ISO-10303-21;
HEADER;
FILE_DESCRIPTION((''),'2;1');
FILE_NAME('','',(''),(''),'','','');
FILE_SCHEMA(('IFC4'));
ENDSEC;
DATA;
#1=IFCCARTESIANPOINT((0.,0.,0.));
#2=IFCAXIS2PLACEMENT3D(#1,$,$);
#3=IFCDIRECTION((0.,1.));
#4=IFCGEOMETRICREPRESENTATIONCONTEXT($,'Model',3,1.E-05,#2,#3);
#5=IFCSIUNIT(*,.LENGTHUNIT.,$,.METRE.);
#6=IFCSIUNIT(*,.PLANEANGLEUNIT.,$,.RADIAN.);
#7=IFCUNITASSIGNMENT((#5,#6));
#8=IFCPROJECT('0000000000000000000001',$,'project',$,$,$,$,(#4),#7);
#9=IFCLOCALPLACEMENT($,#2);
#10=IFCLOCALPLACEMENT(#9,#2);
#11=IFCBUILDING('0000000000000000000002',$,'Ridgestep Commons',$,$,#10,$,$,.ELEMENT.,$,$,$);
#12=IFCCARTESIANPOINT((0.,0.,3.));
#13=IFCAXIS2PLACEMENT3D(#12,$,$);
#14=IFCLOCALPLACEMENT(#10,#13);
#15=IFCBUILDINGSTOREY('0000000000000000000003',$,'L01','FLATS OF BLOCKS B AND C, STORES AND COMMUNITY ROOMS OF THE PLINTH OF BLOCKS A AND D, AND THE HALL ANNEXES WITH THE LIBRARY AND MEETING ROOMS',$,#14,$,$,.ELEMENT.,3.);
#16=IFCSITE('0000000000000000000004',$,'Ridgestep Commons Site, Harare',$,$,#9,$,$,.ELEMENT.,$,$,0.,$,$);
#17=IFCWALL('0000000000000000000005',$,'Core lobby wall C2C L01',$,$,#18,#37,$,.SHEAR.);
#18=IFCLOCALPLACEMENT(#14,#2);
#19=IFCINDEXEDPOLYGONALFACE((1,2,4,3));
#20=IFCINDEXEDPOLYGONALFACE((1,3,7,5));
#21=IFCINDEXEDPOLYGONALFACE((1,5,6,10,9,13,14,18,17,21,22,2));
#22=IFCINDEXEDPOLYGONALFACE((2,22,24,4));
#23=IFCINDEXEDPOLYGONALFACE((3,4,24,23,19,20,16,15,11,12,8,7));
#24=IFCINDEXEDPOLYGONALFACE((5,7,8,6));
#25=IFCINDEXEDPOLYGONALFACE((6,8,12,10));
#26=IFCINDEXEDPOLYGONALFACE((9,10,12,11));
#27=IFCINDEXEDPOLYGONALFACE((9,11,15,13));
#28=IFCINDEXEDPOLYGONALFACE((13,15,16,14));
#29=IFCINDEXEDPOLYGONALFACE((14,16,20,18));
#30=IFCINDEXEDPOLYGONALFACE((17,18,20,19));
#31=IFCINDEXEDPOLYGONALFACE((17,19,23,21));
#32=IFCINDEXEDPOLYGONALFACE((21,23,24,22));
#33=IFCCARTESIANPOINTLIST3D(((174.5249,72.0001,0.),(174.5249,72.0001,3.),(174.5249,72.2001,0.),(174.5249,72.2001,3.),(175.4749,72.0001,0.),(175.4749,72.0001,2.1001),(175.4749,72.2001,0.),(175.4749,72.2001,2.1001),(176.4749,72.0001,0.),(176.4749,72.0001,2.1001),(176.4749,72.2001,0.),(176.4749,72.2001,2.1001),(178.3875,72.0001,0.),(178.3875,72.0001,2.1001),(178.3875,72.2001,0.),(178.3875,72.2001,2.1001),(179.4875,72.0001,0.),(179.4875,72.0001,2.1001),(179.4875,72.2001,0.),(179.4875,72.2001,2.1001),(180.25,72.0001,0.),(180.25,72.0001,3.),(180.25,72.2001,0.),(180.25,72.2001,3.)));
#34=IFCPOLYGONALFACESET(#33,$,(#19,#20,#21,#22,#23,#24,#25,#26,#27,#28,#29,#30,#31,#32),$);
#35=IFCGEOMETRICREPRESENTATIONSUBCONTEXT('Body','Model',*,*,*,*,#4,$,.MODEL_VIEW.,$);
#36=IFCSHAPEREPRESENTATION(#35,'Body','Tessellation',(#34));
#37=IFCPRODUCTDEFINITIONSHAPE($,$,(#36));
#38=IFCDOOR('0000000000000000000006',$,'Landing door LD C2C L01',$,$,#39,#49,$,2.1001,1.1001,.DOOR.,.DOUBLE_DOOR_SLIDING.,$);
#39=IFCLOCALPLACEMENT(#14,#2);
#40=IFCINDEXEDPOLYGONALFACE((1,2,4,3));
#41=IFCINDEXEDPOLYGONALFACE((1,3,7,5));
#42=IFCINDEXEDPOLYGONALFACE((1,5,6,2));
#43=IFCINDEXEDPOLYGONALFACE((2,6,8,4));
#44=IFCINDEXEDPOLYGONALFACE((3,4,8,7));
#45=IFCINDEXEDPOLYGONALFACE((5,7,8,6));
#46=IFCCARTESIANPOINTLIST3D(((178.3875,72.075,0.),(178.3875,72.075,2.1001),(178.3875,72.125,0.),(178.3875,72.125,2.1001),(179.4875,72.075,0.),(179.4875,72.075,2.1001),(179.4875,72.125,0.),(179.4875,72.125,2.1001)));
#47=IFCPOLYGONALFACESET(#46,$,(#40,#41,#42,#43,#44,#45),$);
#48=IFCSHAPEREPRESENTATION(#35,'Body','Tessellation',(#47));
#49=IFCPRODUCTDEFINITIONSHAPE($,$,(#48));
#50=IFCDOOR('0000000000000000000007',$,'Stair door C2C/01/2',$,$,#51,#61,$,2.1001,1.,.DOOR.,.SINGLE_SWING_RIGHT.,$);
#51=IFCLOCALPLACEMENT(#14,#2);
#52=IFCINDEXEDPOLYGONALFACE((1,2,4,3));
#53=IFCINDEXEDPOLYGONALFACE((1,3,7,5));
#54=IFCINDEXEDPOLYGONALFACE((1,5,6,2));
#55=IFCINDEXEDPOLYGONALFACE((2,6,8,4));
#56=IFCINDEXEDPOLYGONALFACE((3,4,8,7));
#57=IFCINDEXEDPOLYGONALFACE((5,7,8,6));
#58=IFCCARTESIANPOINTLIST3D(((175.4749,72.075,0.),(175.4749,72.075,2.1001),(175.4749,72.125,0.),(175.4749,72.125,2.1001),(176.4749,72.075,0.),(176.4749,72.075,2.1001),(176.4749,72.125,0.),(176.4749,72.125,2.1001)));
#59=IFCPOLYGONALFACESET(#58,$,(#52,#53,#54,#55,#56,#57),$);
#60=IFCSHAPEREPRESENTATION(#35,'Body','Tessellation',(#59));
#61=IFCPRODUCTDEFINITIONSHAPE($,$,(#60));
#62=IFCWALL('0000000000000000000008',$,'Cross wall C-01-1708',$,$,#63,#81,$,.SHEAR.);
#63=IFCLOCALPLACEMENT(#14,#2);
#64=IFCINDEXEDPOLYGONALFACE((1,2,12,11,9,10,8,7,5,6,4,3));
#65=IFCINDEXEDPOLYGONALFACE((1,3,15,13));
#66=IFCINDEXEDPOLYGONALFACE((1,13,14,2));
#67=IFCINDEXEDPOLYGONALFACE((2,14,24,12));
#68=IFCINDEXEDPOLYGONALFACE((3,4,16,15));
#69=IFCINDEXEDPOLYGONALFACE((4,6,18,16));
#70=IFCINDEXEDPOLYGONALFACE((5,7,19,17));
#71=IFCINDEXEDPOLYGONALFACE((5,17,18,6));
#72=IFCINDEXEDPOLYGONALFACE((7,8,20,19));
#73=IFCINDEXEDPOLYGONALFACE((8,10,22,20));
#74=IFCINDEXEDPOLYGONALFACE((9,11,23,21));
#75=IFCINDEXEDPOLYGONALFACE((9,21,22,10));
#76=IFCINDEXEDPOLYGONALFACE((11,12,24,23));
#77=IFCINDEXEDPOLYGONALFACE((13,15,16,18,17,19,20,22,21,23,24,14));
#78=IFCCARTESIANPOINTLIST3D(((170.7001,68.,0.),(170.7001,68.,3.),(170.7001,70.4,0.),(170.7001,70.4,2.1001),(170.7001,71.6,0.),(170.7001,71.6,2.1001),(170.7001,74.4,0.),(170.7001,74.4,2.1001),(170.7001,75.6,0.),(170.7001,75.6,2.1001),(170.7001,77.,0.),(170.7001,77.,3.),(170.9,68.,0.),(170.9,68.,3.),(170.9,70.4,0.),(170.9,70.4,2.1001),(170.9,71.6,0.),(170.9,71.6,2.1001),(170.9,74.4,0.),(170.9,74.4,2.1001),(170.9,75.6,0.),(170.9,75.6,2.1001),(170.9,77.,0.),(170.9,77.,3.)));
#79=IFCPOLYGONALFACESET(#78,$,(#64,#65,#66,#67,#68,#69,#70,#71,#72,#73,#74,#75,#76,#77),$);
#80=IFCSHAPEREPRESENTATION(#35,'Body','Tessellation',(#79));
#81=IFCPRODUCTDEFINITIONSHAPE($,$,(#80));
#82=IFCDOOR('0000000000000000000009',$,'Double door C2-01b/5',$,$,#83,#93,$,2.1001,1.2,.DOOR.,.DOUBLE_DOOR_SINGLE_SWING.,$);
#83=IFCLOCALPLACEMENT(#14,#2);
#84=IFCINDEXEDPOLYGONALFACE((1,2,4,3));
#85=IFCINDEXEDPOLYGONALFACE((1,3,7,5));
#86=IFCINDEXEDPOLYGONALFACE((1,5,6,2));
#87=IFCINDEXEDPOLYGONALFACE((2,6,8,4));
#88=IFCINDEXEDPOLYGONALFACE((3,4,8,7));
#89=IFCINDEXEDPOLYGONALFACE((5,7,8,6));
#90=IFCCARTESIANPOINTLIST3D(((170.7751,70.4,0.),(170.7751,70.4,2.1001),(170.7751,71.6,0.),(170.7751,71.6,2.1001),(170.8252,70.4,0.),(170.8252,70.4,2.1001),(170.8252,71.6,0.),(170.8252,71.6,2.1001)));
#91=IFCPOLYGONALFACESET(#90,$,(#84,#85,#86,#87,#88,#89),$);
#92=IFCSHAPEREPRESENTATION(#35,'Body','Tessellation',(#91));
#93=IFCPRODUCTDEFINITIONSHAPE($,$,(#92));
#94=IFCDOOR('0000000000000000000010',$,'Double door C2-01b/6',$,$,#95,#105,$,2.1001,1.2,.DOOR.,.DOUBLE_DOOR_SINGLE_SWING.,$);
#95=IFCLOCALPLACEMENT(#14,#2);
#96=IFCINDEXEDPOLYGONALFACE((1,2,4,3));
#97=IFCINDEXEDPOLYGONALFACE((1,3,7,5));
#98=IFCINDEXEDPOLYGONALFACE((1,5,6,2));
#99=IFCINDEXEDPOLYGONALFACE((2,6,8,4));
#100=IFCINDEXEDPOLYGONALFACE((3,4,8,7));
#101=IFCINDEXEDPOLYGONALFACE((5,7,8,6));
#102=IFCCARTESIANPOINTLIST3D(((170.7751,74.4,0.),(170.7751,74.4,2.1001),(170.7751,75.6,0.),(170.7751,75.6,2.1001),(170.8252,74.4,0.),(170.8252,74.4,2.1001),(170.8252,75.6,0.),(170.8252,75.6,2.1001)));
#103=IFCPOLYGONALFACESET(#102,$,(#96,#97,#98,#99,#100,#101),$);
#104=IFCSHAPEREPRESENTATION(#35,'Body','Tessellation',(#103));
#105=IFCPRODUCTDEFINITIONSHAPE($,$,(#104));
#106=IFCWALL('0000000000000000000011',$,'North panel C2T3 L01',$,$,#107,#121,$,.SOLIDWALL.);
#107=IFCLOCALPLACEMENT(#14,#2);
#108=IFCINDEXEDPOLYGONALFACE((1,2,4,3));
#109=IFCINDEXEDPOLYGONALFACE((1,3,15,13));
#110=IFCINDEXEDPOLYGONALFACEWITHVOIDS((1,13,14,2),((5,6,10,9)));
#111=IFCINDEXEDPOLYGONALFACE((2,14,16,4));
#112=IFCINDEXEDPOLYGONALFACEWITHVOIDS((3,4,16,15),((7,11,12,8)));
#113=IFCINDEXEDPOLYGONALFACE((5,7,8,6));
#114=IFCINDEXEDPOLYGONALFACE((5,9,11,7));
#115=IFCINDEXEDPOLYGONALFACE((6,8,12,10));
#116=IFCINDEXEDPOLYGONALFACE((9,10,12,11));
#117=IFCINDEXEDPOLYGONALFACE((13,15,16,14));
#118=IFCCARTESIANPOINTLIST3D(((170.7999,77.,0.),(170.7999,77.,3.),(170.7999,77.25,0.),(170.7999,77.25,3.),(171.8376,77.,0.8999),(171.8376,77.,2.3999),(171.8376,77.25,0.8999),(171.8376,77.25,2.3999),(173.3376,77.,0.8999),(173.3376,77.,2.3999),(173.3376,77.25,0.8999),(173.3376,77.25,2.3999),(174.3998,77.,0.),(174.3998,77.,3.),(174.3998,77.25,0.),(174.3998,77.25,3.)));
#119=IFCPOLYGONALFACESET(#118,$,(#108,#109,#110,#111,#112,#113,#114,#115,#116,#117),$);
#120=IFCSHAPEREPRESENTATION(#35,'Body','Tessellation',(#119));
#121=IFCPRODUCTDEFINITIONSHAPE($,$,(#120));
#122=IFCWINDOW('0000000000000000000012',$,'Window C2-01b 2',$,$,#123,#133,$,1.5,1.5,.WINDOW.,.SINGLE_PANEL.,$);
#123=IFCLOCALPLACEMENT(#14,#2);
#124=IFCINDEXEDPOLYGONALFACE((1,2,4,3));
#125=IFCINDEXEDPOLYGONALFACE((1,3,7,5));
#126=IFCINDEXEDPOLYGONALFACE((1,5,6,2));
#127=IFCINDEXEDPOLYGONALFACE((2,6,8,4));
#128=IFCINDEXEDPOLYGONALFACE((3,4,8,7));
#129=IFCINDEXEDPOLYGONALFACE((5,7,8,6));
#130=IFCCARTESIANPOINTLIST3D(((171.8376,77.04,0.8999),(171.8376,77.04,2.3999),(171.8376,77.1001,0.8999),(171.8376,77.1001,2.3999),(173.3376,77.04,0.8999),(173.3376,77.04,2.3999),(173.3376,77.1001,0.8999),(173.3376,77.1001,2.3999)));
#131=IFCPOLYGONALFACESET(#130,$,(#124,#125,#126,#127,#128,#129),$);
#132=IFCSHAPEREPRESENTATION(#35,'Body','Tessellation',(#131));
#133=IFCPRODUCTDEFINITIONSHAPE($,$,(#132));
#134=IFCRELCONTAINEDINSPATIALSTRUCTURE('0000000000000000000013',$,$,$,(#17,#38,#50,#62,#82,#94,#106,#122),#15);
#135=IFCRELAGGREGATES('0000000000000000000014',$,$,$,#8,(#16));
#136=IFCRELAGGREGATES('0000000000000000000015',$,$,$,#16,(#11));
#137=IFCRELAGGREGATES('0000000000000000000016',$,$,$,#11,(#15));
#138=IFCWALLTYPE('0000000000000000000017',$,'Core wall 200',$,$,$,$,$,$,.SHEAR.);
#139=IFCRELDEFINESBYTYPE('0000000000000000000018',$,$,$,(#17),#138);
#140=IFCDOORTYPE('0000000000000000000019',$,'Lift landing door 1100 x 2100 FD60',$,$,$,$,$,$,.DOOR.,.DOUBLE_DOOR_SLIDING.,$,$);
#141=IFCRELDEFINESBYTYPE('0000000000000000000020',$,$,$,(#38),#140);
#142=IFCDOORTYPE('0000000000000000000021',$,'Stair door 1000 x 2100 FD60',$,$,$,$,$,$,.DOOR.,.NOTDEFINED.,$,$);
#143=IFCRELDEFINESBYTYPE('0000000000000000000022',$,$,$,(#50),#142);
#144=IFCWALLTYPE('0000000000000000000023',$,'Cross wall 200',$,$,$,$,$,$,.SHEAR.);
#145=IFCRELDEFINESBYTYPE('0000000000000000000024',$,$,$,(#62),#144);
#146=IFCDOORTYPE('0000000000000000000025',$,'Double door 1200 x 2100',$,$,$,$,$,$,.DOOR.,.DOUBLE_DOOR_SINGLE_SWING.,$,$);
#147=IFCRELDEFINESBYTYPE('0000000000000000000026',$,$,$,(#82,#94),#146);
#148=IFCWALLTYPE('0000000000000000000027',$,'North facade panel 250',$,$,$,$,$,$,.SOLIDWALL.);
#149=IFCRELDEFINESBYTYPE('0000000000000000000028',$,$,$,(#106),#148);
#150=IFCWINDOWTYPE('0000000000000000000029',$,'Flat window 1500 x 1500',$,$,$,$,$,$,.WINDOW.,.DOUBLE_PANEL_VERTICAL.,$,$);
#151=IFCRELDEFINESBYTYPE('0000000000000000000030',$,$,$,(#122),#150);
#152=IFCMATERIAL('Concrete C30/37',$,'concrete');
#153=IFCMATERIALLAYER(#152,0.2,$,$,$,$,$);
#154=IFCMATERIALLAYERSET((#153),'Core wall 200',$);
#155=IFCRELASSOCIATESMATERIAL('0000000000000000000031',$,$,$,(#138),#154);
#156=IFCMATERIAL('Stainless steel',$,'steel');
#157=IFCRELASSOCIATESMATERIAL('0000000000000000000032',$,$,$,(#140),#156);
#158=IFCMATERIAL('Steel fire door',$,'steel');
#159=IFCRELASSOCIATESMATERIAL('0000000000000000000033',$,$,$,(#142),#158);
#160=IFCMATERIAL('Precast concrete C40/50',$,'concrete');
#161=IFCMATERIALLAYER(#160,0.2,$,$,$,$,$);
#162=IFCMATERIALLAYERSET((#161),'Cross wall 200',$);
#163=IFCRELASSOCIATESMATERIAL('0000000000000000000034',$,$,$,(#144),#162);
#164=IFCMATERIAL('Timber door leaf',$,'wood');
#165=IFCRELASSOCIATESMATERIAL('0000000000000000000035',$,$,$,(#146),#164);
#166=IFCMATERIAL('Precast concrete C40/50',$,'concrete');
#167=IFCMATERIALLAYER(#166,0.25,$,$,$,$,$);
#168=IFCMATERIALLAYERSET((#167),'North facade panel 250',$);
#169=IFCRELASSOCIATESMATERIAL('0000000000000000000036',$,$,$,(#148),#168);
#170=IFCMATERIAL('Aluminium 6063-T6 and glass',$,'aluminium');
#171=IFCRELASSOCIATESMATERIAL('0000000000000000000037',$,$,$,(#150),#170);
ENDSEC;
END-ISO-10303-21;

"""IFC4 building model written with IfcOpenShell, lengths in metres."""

from ifc_helpers import new_model, si_unit, direction, frame, frame_2d, origin, place, context, subcontext, project, spatial, rectangle, extrude, material, layer, layer_set, type_object, element, fill, save


model = new_model("IFC4")

# Units and contexts
model_context = context("Model", 3, precision=1e-05, world=origin(), true_north=direction((0.0, 1.0)))
body_context = subcontext(model_context, "Body", "Model", "MODEL_VIEW")
ifc_project = project(units=[si_unit("LENGTHUNIT", "METRE"), si_unit("PLANEANGLEUNIT", "RADIAN")], contexts=[model_context])

# Site, building, storey
site_placement = place(None, origin())
site = spatial("IfcSite", under=ifc_project, at=site_placement, Name="Ridgestep Commons Site, Harare", CompositionType="ELEMENT", RefElevation=0.0)
building_placement = place(site_placement, origin())
building = spatial("IfcBuilding", under=site, at=building_placement, Name="Ridgestep Commons", CompositionType="ELEMENT")
storey_placement = place(building_placement, frame((0.0, 0.0, 3.0)))
storey = spatial("IfcBuildingStorey", under=building, at=storey_placement, Name="L01", Description="FLATS OF BLOCKS B AND C, STORES AND COMMUNITY ROOMS OF THE PLINTH OF BLOCKS A AND D, AND THE HALL ANNEXES WITH THE LIBRARY AND MEETING ROOMS", CompositionType="ELEMENT", Elevation=3.0)

# Walls, openings, doors
ifc_material_1 = material(Name="Concrete C30/37", Category="concrete")
ifc_layer_1 = layer(ifc_material_1, 0.2)
ifc_layer_set_1 = layer_set([ifc_layer_1], Name="Core wall 200")
wall_type_1 = type_object("IfcWallType", Name="Core wall 200", PredefinedType="SHEAR", material=ifc_layer_set_1)
wall_1_placement = place(storey_placement, frame((174.5249, 72.1001, 0.0), z_axis=(0.0, 0.0, 1.0), x_axis=(1.0, 0.0, 0.0)))
wall_1 = element("IfcWall", 1, at=wall_1_placement, inside=storey, type_object=wall_type_1, Name="Core lobby wall C2C L01", PredefinedType="SHEAR", context=body_context, shape_type="SweptSolid", body=[
    extrude(rectangle(XDim=5.7251, YDim=0.2, at=frame_2d((2.8625, 0.0))), origin(), (0.0, 0.0, 1.0), 3.0),
])
opening_1_placement = place(wall_1_placement, frame((0.95, 0.0, 0.0)))
opening_1 = element("IfcOpeningElement", 2, at=opening_1_placement, cuts=wall_1, PredefinedType="OPENING", context=body_context, shape_type="SweptSolid", body=[
    extrude(rectangle(XDim=1.0, YDim=2.1001, at=frame_2d((0.5, 1.05))), frame((0.0, 0.1099, 0.0), z_axis=(0.0, -1.0, 0.0), x_axis=(1.0, 0.0, 0.0)), (0.0, 0.0, 1.0), 0.22),
])
opening_2_placement = place(wall_1_placement, frame((3.8625, 0.0, 0.0)))
opening_2 = element("IfcOpeningElement", 3, at=opening_2_placement, cuts=wall_1, PredefinedType="OPENING", context=body_context, shape_type="SweptSolid", body=[
    extrude(rectangle(XDim=1.1001, YDim=2.1001, at=frame_2d((0.55, 1.05))), frame((0.0, 0.1099, 0.0), z_axis=(0.0, -1.0, 0.0), x_axis=(1.0, 0.0, 0.0)), (0.0, 0.0, 1.0), 0.22),
])
ifc_material_2 = material(Name="Stainless steel", Category="steel")
door_type_1 = type_object("IfcDoorType", Name="Lift landing door 1100 x 2100 FD60", OperationType="DOUBLE_DOOR_SLIDING", PredefinedType="DOOR", material=ifc_material_2)
door_1_placement = place(opening_2_placement, origin())
door_1 = element("IfcDoor", 4, at=door_1_placement, inside=storey, type_object=door_type_1, Name="Landing door LD C2C L01", OperationType="DOUBLE_DOOR_SLIDING", OverallHeight=2.1001, OverallWidth=1.1001, PredefinedType="DOOR", context=body_context, shape_type="SweptSolid", body=[
    extrude(rectangle(XDim=1.1001, YDim=2.1001, at=frame_2d((0.55, 1.05))), frame((0.0, 0.0249, 0.0), z_axis=(0.0, -1.0, 0.0), x_axis=(1.0, 0.0, 0.0)), (0.0, 0.0, 1.0), 0.05),
])
fill(opening_2, door_1)
ifc_material_3 = material(Name="Steel fire door", Category="steel")
door_type_2 = type_object("IfcDoorType", Name="Stair door 1000 x 2100 FD60", OperationType="NOTDEFINED", PredefinedType="DOOR", material=ifc_material_3)
door_2_placement = place(opening_1_placement, origin())
door_2 = element("IfcDoor", 5, at=door_2_placement, inside=storey, type_object=door_type_2, Name="Stair door C2C/01/2", OperationType="SINGLE_SWING_RIGHT", OverallHeight=2.1001, OverallWidth=1.0, PredefinedType="DOOR", context=body_context, shape_type="SweptSolid", body=[
    extrude(rectangle(XDim=1.0, YDim=2.1001, at=frame_2d((0.5, 1.05))), frame((0.0, 0.0249, 0.0), z_axis=(0.0, -1.0, 0.0), x_axis=(1.0, 0.0, 0.0)), (0.0, 0.0, 1.0), 0.05),
])
fill(opening_1, door_2)
ifc_material_4 = material(Name="Precast concrete C40/50", Category="concrete")
ifc_layer_2 = layer(ifc_material_4, 0.2)
ifc_layer_set_2 = layer_set([ifc_layer_2], Name="Cross wall 200")
wall_type_2 = type_object("IfcWallType", Name="Cross wall 200", PredefinedType="SHEAR", material=ifc_layer_set_2)
wall_2_placement = place(storey_placement, frame((170.8, 68.0, 0.0), z_axis=(0.0, 0.0, 1.0), x_axis=(0.0, 1.0, 0.0)))
wall_2 = element("IfcWall", 6, at=wall_2_placement, inside=storey, type_object=wall_type_2, Name="Cross wall C-01-1708", PredefinedType="SHEAR", context=body_context, shape_type="SweptSolid", body=[
    extrude(rectangle(XDim=9.0, YDim=0.2, at=frame_2d((4.5, 0.0))), origin(), (0.0, 0.0, 1.0), 3.0),
])
opening_3_placement = place(wall_2_placement, frame((2.3999, 0.0, 0.0)))
opening_3 = element("IfcOpeningElement", 7, at=opening_3_placement, cuts=wall_2, PredefinedType="OPENING", context=body_context, shape_type="SweptSolid", body=[
    extrude(rectangle(XDim=1.2, YDim=2.1001, at=frame_2d((0.6001, 1.05))), frame((0.0, 0.1099, 0.0), z_axis=(0.0, -1.0, 0.0), x_axis=(1.0, 0.0, 0.0)), (0.0, 0.0, 1.0), 0.22),
])
opening_4_placement = place(wall_2_placement, frame((6.3999, 0.0, 0.0)))
opening_4 = element("IfcOpeningElement", 8, at=opening_4_placement, cuts=wall_2, PredefinedType="OPENING", context=body_context, shape_type="SweptSolid", body=[
    extrude(rectangle(XDim=1.2, YDim=2.1001, at=frame_2d((0.6001, 1.05))), frame((0.0, 0.1099, 0.0), z_axis=(0.0, -1.0, 0.0), x_axis=(1.0, 0.0, 0.0)), (0.0, 0.0, 1.0), 0.22),
])
ifc_material_5 = material(Name="Timber door leaf", Category="wood")
door_type_3 = type_object("IfcDoorType", Name="Double door 1200 x 2100", OperationType="DOUBLE_DOOR_SINGLE_SWING", PredefinedType="DOOR", material=ifc_material_5)
door_3_placement = place(opening_3_placement, origin())
door_3 = element("IfcDoor", 9, at=door_3_placement, inside=storey, type_object=door_type_3, Name="Double door C2-01b/5", OperationType="DOUBLE_DOOR_SINGLE_SWING", OverallHeight=2.1001, OverallWidth=1.2, PredefinedType="DOOR", context=body_context, shape_type="SweptSolid", body=[
    extrude(rectangle(XDim=1.2, YDim=2.1001, at=frame_2d((0.6001, 1.05))), frame((0.0, 0.0249, 0.0), z_axis=(0.0, -1.0, 0.0), x_axis=(1.0, 0.0, 0.0)), (0.0, 0.0, 1.0), 0.05),
])
fill(opening_3, door_3)
door_4_placement = place(opening_4_placement, origin())
door_4 = element("IfcDoor", 10, at=door_4_placement, inside=storey, type_object=door_type_3, Name="Double door C2-01b/6", OperationType="DOUBLE_DOOR_SINGLE_SWING", OverallHeight=2.1001, OverallWidth=1.2, PredefinedType="DOOR", context=body_context, shape_type="SweptSolid", body=[
    extrude(rectangle(XDim=1.2, YDim=2.1001, at=frame_2d((0.6001, 1.05))), frame((0.0, 0.0249, 0.0), z_axis=(0.0, -1.0, 0.0), x_axis=(1.0, 0.0, 0.0)), (0.0, 0.0, 1.0), 0.05),
])
fill(opening_4, door_4)

# Wall, opening, window
ifc_material_6 = material(Name="Precast concrete C40/50", Category="concrete")
ifc_layer_3 = layer(ifc_material_6, 0.25)
ifc_layer_set_3 = layer_set([ifc_layer_3], Name="North facade panel 250")
wall_type_3 = type_object("IfcWallType", Name="North facade panel 250", PredefinedType="SOLIDWALL", material=ifc_layer_set_3)
wall_3_placement = place(storey_placement, frame((170.8, 77.125, 0.0), z_axis=(0.0, 0.0, 1.0), x_axis=(1.0, 0.0, 0.0)))
wall_3 = element("IfcWall", 11, at=wall_3_placement, inside=storey, type_object=wall_type_3, Name="North panel C2T3 L01", PredefinedType="SOLIDWALL", context=body_context, shape_type="SweptSolid", body=[
    extrude(rectangle(XDim=3.5999, YDim=0.25, at=frame_2d((1.7998, 0.0))), origin(), (0.0, 0.0, 1.0), 3.0),
])
opening_5_placement = place(wall_3_placement, frame((1.0376, 0.0, 0.8999)))
opening_5 = element("IfcOpeningElement", 12, at=opening_5_placement, cuts=wall_3, PredefinedType="OPENING", context=body_context, shape_type="SweptSolid", body=[
    extrude(rectangle(XDim=1.5, YDim=1.5, at=frame_2d((0.75, 0.75))), frame((0.0, 0.135, 0.0), z_axis=(0.0, -1.0, 0.0), x_axis=(1.0, 0.0, 0.0)), (0.0, 0.0, 1.0), 0.27),
])
ifc_material_7 = material(Name="Aluminium 6063-T6 and glass", Category="aluminium")
window_type = type_object("IfcWindowType", Name="Flat window 1500 x 1500", PartitioningType="DOUBLE_PANEL_VERTICAL", PredefinedType="WINDOW", material=ifc_material_7)
window_placement = place(opening_5_placement, origin())
window = element("IfcWindow", 13, at=window_placement, inside=storey, type_object=window_type, Name="Window C2-01b 2", OverallHeight=1.5, OverallWidth=1.5, PartitioningType="SINGLE_PANEL", PredefinedType="WINDOW", context=body_context, shape_type="SweptSolid", body=[
    extrude(rectangle(XDim=1.5, YDim=1.5, at=frame_2d((0.75, 0.75))), frame((0.0, -0.0249, 0.0), z_axis=(0.0, -1.0, 0.0), x_axis=(1.0, 0.0, 0.0)), (0.0, 0.0, 1.0), 0.0601),
])
fill(opening_5, window)

save(model, "model.ifc")
